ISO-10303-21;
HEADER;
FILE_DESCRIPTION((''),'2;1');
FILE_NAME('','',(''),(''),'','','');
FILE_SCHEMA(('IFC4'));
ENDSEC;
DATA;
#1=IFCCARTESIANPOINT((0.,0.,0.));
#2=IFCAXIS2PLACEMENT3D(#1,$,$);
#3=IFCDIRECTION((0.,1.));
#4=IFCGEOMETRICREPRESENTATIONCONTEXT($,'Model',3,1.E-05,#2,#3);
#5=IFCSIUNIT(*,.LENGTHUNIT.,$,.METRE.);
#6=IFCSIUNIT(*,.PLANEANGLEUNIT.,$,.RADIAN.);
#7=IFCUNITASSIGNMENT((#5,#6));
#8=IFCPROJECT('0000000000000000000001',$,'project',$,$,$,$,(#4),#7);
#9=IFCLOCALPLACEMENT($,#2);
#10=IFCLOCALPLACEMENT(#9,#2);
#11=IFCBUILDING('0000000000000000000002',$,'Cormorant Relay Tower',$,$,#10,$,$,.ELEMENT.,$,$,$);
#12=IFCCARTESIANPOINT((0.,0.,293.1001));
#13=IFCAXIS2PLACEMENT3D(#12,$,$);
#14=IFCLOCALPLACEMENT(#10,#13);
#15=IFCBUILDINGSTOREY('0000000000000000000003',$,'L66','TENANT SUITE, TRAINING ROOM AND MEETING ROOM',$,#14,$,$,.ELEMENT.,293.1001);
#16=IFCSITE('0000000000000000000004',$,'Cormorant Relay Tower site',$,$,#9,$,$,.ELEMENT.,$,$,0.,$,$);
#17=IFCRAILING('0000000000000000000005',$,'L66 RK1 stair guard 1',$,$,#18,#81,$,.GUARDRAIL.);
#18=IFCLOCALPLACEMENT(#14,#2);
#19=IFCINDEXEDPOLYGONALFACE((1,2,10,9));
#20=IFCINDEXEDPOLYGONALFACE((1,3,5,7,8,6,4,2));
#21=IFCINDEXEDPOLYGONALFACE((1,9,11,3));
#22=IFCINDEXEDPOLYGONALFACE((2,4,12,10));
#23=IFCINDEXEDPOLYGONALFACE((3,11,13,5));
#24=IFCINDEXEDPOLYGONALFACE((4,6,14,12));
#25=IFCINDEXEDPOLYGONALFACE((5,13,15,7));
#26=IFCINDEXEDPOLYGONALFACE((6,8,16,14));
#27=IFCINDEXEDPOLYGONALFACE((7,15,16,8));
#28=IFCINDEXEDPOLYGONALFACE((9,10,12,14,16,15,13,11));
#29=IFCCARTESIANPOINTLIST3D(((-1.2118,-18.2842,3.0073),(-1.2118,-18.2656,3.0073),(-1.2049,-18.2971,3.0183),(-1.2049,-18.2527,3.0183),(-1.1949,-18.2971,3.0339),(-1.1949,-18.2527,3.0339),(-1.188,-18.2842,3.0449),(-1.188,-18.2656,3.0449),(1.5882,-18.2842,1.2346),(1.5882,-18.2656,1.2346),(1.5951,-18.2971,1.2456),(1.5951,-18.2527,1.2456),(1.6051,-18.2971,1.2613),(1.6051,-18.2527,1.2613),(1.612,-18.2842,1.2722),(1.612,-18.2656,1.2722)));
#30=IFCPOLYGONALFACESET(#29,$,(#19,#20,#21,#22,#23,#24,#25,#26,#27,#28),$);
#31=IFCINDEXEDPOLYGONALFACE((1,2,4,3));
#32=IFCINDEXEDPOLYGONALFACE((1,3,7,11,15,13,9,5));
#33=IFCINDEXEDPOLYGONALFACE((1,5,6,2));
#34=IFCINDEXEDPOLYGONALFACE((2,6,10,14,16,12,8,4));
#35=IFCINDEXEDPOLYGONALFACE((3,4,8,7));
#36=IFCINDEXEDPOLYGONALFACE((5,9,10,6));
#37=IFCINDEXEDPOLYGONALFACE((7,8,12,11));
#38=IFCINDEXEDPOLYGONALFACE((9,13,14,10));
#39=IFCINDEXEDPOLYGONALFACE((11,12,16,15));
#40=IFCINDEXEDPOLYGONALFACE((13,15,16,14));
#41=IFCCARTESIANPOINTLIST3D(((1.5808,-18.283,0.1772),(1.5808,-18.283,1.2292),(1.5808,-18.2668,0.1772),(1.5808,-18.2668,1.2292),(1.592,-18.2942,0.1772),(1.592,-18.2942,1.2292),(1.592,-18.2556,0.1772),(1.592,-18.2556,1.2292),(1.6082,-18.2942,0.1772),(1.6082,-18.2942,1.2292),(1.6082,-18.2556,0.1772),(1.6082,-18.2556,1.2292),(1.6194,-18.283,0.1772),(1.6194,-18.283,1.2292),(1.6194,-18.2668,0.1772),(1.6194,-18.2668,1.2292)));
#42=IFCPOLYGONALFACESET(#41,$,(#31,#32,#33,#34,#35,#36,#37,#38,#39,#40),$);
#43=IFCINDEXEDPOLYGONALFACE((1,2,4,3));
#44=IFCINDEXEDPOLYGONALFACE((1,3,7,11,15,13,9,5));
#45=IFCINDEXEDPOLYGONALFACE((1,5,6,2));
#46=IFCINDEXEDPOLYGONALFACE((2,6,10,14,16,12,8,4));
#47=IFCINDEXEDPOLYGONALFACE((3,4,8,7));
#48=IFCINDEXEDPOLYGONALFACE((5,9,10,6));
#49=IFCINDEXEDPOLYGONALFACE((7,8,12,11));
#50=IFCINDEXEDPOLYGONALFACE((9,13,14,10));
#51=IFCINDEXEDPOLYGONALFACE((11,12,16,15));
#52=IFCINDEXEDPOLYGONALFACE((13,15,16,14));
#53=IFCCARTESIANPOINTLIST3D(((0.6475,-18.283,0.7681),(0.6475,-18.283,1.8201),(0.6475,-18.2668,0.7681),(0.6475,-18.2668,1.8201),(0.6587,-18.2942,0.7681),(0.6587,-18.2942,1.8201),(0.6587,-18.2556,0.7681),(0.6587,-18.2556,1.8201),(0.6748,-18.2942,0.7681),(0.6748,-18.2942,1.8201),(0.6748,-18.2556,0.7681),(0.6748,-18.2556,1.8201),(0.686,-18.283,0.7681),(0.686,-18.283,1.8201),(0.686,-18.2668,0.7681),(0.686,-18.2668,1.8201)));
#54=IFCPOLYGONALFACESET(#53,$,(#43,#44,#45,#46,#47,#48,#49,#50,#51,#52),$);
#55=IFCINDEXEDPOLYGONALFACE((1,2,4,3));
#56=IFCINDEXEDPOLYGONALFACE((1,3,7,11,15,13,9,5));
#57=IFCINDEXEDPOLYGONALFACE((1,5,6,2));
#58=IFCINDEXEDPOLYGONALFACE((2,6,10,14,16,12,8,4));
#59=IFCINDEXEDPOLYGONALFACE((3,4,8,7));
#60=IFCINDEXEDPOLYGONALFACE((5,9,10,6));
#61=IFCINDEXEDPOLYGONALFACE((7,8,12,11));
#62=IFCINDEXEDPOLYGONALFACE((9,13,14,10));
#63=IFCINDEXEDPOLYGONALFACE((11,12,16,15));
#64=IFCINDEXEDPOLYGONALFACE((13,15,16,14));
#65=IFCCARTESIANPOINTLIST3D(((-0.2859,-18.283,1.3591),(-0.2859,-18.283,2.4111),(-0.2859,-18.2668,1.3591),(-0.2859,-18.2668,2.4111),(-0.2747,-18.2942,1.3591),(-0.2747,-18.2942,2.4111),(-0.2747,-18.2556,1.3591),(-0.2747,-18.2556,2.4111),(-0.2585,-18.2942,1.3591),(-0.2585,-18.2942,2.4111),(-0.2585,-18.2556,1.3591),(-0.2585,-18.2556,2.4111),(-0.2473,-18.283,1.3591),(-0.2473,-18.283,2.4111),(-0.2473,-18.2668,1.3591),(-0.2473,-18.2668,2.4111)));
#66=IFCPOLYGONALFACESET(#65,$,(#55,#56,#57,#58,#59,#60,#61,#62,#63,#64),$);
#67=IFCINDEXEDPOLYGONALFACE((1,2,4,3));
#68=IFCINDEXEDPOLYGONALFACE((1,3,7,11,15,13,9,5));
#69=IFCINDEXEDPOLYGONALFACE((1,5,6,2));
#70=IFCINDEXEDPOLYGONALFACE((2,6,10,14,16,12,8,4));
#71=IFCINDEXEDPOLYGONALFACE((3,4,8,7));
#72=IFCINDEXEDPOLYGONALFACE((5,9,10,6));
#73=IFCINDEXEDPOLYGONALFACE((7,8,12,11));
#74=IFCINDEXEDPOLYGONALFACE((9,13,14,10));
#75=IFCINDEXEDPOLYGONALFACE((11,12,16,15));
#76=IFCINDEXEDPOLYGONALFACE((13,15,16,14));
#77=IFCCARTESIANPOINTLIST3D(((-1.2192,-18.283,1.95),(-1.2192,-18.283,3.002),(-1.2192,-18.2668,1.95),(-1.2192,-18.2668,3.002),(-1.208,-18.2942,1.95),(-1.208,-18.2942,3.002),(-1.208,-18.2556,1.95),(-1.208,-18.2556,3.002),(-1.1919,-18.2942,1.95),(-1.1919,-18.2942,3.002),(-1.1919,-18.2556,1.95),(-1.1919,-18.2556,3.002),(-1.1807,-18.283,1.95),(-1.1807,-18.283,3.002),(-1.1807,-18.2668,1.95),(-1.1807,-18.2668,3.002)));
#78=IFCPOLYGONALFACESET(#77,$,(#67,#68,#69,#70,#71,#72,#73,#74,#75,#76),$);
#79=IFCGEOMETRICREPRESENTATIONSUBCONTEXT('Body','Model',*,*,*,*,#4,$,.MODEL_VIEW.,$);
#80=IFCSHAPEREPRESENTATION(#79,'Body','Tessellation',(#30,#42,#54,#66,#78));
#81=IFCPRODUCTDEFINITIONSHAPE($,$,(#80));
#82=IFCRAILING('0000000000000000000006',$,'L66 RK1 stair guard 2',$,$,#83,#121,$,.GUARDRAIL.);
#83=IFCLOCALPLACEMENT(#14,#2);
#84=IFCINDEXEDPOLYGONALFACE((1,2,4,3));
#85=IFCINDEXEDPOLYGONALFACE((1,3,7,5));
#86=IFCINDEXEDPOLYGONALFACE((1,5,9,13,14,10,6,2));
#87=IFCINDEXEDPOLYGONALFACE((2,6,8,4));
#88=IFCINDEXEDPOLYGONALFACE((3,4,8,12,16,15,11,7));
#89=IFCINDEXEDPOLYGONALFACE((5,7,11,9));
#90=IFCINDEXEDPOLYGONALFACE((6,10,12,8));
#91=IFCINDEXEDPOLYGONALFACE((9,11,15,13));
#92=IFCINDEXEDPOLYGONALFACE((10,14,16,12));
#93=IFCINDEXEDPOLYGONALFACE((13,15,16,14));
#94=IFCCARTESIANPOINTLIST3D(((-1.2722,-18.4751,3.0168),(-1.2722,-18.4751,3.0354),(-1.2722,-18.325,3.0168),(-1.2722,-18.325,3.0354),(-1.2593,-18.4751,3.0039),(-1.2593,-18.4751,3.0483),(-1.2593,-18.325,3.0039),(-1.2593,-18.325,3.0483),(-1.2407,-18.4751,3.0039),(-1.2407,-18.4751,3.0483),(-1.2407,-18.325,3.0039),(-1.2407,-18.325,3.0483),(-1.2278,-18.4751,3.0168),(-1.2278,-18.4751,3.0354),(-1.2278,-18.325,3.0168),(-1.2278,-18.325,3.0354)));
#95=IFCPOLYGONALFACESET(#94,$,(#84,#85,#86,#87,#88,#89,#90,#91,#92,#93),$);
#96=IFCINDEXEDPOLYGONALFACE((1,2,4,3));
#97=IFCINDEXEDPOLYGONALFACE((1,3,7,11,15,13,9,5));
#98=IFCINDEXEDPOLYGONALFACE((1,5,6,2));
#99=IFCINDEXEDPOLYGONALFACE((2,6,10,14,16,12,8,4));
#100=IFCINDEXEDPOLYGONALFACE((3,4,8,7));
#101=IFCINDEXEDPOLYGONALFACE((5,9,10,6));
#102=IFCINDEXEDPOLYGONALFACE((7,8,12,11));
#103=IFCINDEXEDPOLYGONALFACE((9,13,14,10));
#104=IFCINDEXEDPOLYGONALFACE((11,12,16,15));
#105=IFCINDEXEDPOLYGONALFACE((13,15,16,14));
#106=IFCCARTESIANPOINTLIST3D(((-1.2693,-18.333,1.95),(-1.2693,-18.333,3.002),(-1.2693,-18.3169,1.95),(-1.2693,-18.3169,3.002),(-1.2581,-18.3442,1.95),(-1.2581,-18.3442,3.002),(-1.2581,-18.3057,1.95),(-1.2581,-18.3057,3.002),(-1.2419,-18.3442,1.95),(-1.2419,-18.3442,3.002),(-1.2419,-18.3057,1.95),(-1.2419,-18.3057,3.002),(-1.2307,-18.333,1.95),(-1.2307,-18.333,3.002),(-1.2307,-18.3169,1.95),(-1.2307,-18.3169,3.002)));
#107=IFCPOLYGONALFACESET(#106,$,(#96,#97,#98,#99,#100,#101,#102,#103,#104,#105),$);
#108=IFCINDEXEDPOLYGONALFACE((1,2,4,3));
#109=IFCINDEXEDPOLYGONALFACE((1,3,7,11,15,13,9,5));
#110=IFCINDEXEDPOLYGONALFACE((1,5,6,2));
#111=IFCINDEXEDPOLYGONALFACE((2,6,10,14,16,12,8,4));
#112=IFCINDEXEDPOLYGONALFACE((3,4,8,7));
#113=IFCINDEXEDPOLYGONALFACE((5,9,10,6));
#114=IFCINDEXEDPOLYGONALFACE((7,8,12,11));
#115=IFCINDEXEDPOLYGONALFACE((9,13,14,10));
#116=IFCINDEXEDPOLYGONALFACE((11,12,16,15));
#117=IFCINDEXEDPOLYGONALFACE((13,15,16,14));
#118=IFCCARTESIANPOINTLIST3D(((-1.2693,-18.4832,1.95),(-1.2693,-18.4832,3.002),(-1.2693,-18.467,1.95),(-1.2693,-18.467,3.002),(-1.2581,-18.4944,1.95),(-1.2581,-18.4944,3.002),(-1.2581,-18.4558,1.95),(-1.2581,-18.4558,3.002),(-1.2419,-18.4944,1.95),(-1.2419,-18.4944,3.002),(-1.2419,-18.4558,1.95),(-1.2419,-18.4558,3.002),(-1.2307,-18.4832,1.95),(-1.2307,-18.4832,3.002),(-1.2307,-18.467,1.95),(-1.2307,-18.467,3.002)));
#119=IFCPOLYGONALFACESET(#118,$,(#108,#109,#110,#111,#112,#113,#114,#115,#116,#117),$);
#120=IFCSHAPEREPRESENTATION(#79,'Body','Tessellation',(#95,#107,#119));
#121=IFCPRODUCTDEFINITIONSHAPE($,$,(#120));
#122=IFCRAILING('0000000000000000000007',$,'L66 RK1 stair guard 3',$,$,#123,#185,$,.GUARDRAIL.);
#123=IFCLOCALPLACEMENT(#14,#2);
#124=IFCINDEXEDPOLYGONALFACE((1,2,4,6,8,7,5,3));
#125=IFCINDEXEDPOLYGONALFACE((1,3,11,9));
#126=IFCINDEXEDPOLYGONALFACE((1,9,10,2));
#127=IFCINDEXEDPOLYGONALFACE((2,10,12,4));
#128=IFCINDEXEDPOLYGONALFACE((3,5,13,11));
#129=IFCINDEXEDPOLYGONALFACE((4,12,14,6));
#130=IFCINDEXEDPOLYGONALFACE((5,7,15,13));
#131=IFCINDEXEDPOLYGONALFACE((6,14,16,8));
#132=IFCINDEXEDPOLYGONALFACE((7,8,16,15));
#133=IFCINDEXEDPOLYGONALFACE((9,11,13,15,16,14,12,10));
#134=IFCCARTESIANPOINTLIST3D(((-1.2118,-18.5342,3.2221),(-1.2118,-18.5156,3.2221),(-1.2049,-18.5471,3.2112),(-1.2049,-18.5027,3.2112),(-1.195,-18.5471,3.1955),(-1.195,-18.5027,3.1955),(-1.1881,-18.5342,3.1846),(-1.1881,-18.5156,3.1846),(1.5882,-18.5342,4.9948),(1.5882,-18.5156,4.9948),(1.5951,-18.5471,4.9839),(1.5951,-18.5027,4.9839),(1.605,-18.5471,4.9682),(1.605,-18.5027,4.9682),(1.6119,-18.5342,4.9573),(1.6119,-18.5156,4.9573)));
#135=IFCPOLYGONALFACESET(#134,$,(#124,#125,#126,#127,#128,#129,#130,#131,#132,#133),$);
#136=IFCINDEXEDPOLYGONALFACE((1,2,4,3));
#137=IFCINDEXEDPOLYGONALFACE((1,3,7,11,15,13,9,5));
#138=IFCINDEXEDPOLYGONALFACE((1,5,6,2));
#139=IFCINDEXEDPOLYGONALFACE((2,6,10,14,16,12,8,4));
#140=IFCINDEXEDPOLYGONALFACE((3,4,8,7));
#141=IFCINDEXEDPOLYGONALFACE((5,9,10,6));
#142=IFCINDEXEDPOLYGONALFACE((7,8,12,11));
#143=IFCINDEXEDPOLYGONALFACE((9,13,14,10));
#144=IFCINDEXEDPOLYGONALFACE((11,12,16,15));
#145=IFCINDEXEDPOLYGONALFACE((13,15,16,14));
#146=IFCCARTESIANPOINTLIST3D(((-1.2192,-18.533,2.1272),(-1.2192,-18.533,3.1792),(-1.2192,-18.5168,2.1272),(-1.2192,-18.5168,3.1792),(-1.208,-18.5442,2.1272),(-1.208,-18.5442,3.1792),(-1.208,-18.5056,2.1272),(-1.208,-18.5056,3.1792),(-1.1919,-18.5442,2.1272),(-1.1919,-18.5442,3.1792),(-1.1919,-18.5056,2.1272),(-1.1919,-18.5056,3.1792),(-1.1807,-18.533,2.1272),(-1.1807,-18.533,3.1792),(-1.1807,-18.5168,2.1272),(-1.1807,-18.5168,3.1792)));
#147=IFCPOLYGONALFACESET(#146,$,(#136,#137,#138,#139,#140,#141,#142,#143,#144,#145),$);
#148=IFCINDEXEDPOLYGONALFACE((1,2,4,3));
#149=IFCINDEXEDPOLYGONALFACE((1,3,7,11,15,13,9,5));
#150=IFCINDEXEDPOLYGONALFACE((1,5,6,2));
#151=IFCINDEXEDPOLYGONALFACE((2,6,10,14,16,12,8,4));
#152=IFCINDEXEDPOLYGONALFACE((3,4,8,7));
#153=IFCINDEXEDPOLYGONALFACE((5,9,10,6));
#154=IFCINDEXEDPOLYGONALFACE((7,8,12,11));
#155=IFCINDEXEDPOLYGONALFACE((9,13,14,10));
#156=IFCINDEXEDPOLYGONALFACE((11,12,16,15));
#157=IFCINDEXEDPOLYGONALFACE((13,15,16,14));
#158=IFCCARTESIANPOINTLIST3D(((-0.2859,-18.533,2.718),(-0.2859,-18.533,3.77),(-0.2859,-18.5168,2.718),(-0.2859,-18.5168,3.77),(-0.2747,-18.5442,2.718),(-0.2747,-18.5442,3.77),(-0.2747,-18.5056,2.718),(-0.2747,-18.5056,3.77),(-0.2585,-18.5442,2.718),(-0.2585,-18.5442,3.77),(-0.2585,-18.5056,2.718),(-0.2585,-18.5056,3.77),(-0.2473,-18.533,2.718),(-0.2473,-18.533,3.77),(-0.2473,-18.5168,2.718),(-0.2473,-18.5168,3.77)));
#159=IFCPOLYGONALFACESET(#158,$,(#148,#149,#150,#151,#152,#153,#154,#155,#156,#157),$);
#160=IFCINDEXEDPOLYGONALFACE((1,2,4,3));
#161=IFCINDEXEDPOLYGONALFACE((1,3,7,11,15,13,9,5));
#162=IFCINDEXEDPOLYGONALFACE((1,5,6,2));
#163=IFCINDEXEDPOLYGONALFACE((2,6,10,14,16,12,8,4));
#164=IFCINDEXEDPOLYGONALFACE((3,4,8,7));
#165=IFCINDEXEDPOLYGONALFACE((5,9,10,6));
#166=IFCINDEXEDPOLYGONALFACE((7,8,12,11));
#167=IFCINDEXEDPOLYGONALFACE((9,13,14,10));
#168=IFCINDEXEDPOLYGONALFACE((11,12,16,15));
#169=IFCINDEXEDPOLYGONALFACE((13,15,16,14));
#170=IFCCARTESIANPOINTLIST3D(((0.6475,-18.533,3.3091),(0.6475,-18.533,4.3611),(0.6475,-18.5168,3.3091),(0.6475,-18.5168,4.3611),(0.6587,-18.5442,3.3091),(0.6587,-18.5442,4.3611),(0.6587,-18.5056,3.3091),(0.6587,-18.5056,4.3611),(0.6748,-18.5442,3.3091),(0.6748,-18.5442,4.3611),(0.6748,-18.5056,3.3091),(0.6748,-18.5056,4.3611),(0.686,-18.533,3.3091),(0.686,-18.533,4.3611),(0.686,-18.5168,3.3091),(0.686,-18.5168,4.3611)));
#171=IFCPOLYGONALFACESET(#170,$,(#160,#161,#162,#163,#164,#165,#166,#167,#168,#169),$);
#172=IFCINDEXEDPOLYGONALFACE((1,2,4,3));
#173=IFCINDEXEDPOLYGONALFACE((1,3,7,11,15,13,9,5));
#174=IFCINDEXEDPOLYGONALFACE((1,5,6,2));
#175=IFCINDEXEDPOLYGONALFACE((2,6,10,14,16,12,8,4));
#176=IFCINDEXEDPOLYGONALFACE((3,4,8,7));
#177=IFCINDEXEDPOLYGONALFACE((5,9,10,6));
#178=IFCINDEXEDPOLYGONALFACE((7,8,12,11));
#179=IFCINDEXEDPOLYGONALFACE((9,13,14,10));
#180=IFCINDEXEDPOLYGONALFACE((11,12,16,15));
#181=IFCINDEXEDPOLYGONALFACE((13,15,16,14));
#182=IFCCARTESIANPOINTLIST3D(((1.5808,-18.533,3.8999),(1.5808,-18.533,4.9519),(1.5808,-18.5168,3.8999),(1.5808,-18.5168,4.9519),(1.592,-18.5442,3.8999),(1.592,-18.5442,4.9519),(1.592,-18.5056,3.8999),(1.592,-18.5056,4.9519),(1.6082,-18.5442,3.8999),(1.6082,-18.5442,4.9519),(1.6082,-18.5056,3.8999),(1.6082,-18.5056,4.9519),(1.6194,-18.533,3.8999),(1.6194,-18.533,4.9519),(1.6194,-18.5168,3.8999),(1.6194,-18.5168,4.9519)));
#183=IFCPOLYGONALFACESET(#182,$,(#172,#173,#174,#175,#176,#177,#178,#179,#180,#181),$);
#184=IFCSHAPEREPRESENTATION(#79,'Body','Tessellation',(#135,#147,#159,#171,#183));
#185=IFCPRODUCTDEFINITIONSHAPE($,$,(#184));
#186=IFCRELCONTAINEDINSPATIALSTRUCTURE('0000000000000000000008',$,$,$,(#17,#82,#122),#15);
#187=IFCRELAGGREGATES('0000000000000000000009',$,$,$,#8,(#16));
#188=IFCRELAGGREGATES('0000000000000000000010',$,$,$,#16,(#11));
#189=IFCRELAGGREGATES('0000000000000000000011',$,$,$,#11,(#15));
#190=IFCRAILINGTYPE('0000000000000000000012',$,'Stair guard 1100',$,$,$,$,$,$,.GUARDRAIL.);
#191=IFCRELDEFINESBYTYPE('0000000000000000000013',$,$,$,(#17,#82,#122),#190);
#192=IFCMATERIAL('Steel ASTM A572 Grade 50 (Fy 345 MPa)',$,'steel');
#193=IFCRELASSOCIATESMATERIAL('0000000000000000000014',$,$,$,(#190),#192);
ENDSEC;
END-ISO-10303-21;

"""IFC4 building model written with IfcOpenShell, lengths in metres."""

from ifc_helpers import new_model, si_unit, direction, frame, origin, place, context, subcontext, project, spatial, polyline, outline, extrude, material, type_object, element, save


model = new_model("IFC4")

# Units and contexts
model_context = context("Model", 3, precision=1e-05, world=origin(), true_north=direction((0.0, 1.0)))
body_context = subcontext(model_context, "Body", "Model", "MODEL_VIEW")
ifc_project = project(units=[si_unit("LENGTHUNIT", "METRE"), si_unit("PLANEANGLEUNIT", "RADIAN")], contexts=[model_context])

# Site, building, storey
site_placement = place(None, origin())
site = spatial("IfcSite", under=ifc_project, at=site_placement, Name="Cormorant Relay Tower site", CompositionType="ELEMENT", RefElevation=0.0)
building_placement = place(site_placement, origin())
building = spatial("IfcBuilding", under=site, at=building_placement, Name="Cormorant Relay Tower", CompositionType="ELEMENT")
storey_placement = place(building_placement, frame((0.0, 0.0, 293.1001)))
storey = spatial("IfcBuildingStorey", under=building, at=storey_placement, Name="L66", Description="TENANT SUITE, TRAINING ROOM AND MEETING ROOM", CompositionType="ELEMENT", Elevation=293.1001)

# Railings
ifc_material_1 = material(Name="Steel ASTM A572 Grade 50 (Fy 345 MPa)", Category="steel")
railing_type_1 = type_object("IfcRailingType", Name="Stair guard 1100", PredefinedType="GUARDRAIL", material=ifc_material_1)
railing_1_placement = place(storey_placement, frame((1.6001, -18.2749, 0.1772)))
element("IfcRailing", 1, at=railing_1_placement, inside=storey, type_object=railing_type_1, Name="L66 RK1 stair guard 1", PredefinedType="GUARDRAIL", context=body_context, shape_type="SweptSolid", body=[
    extrude(outline(polyline([(0.0222, 0.0093), (0.0093, 0.0222), (-0.0093, 0.0222), (-0.0222, 0.0093), (-0.0222, -0.0093), (-0.0093, -0.0222), (0.0093, -0.0222), (0.0222, -0.0093), (0.0222, 0.0093)])), frame((0.0, 0.0, 1.0762), z_axis=(-0.844909, 0.0, 0.53491), x_axis=(0.0, -1.0, 0.0)), (0.0, 0.0, 1.0), 3.314),
    extrude(outline(polyline([(0.0193, 0.0081), (0.0081, 0.0193), (-0.0081, 0.0193), (-0.0193, 0.0081), (-0.0193, -0.0081), (-0.0081, -0.0193), (0.0081, -0.0193), (0.0193, -0.0081), (0.0193, 0.0081)])), origin(), (0.0, 0.0, 1.0), 1.052),
    extrude(outline(polyline([(0.0193, 0.0081), (0.0081, 0.0193), (-0.0081, 0.0193), (-0.0193, 0.0081), (-0.0193, -0.0081), (-0.0081, -0.0193), (0.0081, -0.0193), (0.0193, -0.0081), (0.0193, 0.0081)])), frame((-0.9333, 0.0, 0.5908)), (0.0, 0.0, 1.0), 1.052),
    extrude(outline(polyline([(0.0193, 0.0081), (0.0081, 0.0193), (-0.0081, 0.0193), (-0.0193, 0.0081), (-0.0193, -0.0081), (-0.0081, -0.0193), (0.0081, -0.0193), (0.0193, -0.0081), (0.0193, 0.0081)])), frame((-1.8667, 0.0, 1.1819)), (0.0, 0.0, 1.0), 1.052),
    extrude(outline(polyline([(0.0193, 0.0081), (0.0081, 0.0193), (-0.0081, 0.0193), (-0.0193, 0.0081), (-0.0193, -0.0081), (-0.0081, -0.0193), (0.0081, -0.0193), (0.0193, -0.0081), (0.0193, 0.0081)])), frame((-2.8, 0.0, 1.7727)), (0.0, 0.0, 1.0), 1.052),
])
railing_2_placement = place(storey_placement, frame((-1.25, -18.325, 1.95)))
element("IfcRailing", 2, at=railing_2_placement, inside=storey, type_object=railing_type_1, Name="L66 RK1 stair guard 2", PredefinedType="GUARDRAIL", context=body_context, shape_type="SweptSolid", body=[
    extrude(outline(polyline([(0.0222, 0.0093), (0.0093, 0.0222), (-0.0093, 0.0222), (-0.0222, 0.0093), (-0.0222, -0.0093), (-0.0093, -0.0222), (0.0093, -0.0222), (0.0222, -0.0093), (0.0222, 0.0093)])), frame((0.0, 0.0, 1.0762), z_axis=(0.0, -1.0, 0.0), x_axis=(1.0, 0.0, 0.0)), (0.0, 0.0, 1.0), 0.1501),
    extrude(outline(polyline([(0.0193, 0.0081), (0.0081, 0.0193), (-0.0081, 0.0193), (-0.0193, 0.0081), (-0.0193, -0.0081), (-0.0081, -0.0193), (0.0081, -0.0193), (0.0193, -0.0081), (0.0193, 0.0081)])), origin(), (0.0, 0.0, 1.0), 1.052),
    extrude(outline(polyline([(0.0193, 0.0081), (0.0081, 0.0193), (-0.0081, 0.0193), (-0.0193, 0.0081), (-0.0193, -0.0081), (-0.0081, -0.0193), (0.0081, -0.0193), (0.0193, -0.0081), (0.0193, 0.0081)])), frame((0.0, -0.1501, 0.0)), (0.0, 0.0, 1.0), 1.052),
])
railing_3_placement = place(storey_placement, frame((-1.2, -18.5249, 2.1272)))
element("IfcRailing", 3, at=railing_3_placement, inside=storey, type_object=railing_type_1, Name="L66 RK1 stair guard 3", PredefinedType="GUARDRAIL", context=body_context, shape_type="SweptSolid", body=[
    extrude(outline(polyline([(0.0222, 0.0093), (0.0093, 0.0222), (-0.0093, 0.0222), (-0.0222, 0.0093), (-0.0222, -0.0093), (-0.0093, -0.0222), (0.0093, -0.0222), (0.0222, -0.0093), (0.0222, 0.0093)])), frame((0.0, 0.0, 1.0762), z_axis=(0.844909, 0.0, 0.53491), x_axis=(0.0, 1.0, 0.0)), (0.0, 0.0, 1.0), 3.314),
    extrude(outline(polyline([(0.0193, 0.0081), (0.0081, 0.0193), (-0.0081, 0.0193), (-0.0193, 0.0081), (-0.0193, -0.0081), (-0.0081, -0.0193), (0.0081, -0.0193), (0.0193, -0.0081), (0.0193, 0.0081)])), origin(), (0.0, 0.0, 1.0), 1.052),
    extrude(outline(polyline([(0.0193, 0.0081), (0.0081, 0.0193), (-0.0081, 0.0193), (-0.0193, 0.0081), (-0.0193, -0.0081), (-0.0081, -0.0193), (0.0081, -0.0193), (0.0193, -0.0081), (0.0193, 0.0081)])), frame((0.9333, 0.0, 0.5908)), (0.0, 0.0, 1.0), 1.052),
    extrude(outline(polyline([(0.0193, 0.0081), (0.0081, 0.0193), (-0.0081, 0.0193), (-0.0193, 0.0081), (-0.0193, -0.0081), (-0.0081, -0.0193), (0.0081, -0.0193), (0.0193, -0.0081), (0.0193, 0.0081)])), frame((1.8667, 0.0, 1.1819)), (0.0, 0.0, 1.0), 1.052),
    extrude(outline(polyline([(0.0193, 0.0081), (0.0081, 0.0193), (-0.0081, 0.0193), (-0.0193, 0.0081), (-0.0193, -0.0081), (-0.0081, -0.0193), (0.0081, -0.0193), (0.0193, -0.0081), (0.0193, 0.0081)])), frame((2.8, 0.0, 1.7727)), (0.0, 0.0, 1.0), 1.052),
])

save(model, "model.ifc")
